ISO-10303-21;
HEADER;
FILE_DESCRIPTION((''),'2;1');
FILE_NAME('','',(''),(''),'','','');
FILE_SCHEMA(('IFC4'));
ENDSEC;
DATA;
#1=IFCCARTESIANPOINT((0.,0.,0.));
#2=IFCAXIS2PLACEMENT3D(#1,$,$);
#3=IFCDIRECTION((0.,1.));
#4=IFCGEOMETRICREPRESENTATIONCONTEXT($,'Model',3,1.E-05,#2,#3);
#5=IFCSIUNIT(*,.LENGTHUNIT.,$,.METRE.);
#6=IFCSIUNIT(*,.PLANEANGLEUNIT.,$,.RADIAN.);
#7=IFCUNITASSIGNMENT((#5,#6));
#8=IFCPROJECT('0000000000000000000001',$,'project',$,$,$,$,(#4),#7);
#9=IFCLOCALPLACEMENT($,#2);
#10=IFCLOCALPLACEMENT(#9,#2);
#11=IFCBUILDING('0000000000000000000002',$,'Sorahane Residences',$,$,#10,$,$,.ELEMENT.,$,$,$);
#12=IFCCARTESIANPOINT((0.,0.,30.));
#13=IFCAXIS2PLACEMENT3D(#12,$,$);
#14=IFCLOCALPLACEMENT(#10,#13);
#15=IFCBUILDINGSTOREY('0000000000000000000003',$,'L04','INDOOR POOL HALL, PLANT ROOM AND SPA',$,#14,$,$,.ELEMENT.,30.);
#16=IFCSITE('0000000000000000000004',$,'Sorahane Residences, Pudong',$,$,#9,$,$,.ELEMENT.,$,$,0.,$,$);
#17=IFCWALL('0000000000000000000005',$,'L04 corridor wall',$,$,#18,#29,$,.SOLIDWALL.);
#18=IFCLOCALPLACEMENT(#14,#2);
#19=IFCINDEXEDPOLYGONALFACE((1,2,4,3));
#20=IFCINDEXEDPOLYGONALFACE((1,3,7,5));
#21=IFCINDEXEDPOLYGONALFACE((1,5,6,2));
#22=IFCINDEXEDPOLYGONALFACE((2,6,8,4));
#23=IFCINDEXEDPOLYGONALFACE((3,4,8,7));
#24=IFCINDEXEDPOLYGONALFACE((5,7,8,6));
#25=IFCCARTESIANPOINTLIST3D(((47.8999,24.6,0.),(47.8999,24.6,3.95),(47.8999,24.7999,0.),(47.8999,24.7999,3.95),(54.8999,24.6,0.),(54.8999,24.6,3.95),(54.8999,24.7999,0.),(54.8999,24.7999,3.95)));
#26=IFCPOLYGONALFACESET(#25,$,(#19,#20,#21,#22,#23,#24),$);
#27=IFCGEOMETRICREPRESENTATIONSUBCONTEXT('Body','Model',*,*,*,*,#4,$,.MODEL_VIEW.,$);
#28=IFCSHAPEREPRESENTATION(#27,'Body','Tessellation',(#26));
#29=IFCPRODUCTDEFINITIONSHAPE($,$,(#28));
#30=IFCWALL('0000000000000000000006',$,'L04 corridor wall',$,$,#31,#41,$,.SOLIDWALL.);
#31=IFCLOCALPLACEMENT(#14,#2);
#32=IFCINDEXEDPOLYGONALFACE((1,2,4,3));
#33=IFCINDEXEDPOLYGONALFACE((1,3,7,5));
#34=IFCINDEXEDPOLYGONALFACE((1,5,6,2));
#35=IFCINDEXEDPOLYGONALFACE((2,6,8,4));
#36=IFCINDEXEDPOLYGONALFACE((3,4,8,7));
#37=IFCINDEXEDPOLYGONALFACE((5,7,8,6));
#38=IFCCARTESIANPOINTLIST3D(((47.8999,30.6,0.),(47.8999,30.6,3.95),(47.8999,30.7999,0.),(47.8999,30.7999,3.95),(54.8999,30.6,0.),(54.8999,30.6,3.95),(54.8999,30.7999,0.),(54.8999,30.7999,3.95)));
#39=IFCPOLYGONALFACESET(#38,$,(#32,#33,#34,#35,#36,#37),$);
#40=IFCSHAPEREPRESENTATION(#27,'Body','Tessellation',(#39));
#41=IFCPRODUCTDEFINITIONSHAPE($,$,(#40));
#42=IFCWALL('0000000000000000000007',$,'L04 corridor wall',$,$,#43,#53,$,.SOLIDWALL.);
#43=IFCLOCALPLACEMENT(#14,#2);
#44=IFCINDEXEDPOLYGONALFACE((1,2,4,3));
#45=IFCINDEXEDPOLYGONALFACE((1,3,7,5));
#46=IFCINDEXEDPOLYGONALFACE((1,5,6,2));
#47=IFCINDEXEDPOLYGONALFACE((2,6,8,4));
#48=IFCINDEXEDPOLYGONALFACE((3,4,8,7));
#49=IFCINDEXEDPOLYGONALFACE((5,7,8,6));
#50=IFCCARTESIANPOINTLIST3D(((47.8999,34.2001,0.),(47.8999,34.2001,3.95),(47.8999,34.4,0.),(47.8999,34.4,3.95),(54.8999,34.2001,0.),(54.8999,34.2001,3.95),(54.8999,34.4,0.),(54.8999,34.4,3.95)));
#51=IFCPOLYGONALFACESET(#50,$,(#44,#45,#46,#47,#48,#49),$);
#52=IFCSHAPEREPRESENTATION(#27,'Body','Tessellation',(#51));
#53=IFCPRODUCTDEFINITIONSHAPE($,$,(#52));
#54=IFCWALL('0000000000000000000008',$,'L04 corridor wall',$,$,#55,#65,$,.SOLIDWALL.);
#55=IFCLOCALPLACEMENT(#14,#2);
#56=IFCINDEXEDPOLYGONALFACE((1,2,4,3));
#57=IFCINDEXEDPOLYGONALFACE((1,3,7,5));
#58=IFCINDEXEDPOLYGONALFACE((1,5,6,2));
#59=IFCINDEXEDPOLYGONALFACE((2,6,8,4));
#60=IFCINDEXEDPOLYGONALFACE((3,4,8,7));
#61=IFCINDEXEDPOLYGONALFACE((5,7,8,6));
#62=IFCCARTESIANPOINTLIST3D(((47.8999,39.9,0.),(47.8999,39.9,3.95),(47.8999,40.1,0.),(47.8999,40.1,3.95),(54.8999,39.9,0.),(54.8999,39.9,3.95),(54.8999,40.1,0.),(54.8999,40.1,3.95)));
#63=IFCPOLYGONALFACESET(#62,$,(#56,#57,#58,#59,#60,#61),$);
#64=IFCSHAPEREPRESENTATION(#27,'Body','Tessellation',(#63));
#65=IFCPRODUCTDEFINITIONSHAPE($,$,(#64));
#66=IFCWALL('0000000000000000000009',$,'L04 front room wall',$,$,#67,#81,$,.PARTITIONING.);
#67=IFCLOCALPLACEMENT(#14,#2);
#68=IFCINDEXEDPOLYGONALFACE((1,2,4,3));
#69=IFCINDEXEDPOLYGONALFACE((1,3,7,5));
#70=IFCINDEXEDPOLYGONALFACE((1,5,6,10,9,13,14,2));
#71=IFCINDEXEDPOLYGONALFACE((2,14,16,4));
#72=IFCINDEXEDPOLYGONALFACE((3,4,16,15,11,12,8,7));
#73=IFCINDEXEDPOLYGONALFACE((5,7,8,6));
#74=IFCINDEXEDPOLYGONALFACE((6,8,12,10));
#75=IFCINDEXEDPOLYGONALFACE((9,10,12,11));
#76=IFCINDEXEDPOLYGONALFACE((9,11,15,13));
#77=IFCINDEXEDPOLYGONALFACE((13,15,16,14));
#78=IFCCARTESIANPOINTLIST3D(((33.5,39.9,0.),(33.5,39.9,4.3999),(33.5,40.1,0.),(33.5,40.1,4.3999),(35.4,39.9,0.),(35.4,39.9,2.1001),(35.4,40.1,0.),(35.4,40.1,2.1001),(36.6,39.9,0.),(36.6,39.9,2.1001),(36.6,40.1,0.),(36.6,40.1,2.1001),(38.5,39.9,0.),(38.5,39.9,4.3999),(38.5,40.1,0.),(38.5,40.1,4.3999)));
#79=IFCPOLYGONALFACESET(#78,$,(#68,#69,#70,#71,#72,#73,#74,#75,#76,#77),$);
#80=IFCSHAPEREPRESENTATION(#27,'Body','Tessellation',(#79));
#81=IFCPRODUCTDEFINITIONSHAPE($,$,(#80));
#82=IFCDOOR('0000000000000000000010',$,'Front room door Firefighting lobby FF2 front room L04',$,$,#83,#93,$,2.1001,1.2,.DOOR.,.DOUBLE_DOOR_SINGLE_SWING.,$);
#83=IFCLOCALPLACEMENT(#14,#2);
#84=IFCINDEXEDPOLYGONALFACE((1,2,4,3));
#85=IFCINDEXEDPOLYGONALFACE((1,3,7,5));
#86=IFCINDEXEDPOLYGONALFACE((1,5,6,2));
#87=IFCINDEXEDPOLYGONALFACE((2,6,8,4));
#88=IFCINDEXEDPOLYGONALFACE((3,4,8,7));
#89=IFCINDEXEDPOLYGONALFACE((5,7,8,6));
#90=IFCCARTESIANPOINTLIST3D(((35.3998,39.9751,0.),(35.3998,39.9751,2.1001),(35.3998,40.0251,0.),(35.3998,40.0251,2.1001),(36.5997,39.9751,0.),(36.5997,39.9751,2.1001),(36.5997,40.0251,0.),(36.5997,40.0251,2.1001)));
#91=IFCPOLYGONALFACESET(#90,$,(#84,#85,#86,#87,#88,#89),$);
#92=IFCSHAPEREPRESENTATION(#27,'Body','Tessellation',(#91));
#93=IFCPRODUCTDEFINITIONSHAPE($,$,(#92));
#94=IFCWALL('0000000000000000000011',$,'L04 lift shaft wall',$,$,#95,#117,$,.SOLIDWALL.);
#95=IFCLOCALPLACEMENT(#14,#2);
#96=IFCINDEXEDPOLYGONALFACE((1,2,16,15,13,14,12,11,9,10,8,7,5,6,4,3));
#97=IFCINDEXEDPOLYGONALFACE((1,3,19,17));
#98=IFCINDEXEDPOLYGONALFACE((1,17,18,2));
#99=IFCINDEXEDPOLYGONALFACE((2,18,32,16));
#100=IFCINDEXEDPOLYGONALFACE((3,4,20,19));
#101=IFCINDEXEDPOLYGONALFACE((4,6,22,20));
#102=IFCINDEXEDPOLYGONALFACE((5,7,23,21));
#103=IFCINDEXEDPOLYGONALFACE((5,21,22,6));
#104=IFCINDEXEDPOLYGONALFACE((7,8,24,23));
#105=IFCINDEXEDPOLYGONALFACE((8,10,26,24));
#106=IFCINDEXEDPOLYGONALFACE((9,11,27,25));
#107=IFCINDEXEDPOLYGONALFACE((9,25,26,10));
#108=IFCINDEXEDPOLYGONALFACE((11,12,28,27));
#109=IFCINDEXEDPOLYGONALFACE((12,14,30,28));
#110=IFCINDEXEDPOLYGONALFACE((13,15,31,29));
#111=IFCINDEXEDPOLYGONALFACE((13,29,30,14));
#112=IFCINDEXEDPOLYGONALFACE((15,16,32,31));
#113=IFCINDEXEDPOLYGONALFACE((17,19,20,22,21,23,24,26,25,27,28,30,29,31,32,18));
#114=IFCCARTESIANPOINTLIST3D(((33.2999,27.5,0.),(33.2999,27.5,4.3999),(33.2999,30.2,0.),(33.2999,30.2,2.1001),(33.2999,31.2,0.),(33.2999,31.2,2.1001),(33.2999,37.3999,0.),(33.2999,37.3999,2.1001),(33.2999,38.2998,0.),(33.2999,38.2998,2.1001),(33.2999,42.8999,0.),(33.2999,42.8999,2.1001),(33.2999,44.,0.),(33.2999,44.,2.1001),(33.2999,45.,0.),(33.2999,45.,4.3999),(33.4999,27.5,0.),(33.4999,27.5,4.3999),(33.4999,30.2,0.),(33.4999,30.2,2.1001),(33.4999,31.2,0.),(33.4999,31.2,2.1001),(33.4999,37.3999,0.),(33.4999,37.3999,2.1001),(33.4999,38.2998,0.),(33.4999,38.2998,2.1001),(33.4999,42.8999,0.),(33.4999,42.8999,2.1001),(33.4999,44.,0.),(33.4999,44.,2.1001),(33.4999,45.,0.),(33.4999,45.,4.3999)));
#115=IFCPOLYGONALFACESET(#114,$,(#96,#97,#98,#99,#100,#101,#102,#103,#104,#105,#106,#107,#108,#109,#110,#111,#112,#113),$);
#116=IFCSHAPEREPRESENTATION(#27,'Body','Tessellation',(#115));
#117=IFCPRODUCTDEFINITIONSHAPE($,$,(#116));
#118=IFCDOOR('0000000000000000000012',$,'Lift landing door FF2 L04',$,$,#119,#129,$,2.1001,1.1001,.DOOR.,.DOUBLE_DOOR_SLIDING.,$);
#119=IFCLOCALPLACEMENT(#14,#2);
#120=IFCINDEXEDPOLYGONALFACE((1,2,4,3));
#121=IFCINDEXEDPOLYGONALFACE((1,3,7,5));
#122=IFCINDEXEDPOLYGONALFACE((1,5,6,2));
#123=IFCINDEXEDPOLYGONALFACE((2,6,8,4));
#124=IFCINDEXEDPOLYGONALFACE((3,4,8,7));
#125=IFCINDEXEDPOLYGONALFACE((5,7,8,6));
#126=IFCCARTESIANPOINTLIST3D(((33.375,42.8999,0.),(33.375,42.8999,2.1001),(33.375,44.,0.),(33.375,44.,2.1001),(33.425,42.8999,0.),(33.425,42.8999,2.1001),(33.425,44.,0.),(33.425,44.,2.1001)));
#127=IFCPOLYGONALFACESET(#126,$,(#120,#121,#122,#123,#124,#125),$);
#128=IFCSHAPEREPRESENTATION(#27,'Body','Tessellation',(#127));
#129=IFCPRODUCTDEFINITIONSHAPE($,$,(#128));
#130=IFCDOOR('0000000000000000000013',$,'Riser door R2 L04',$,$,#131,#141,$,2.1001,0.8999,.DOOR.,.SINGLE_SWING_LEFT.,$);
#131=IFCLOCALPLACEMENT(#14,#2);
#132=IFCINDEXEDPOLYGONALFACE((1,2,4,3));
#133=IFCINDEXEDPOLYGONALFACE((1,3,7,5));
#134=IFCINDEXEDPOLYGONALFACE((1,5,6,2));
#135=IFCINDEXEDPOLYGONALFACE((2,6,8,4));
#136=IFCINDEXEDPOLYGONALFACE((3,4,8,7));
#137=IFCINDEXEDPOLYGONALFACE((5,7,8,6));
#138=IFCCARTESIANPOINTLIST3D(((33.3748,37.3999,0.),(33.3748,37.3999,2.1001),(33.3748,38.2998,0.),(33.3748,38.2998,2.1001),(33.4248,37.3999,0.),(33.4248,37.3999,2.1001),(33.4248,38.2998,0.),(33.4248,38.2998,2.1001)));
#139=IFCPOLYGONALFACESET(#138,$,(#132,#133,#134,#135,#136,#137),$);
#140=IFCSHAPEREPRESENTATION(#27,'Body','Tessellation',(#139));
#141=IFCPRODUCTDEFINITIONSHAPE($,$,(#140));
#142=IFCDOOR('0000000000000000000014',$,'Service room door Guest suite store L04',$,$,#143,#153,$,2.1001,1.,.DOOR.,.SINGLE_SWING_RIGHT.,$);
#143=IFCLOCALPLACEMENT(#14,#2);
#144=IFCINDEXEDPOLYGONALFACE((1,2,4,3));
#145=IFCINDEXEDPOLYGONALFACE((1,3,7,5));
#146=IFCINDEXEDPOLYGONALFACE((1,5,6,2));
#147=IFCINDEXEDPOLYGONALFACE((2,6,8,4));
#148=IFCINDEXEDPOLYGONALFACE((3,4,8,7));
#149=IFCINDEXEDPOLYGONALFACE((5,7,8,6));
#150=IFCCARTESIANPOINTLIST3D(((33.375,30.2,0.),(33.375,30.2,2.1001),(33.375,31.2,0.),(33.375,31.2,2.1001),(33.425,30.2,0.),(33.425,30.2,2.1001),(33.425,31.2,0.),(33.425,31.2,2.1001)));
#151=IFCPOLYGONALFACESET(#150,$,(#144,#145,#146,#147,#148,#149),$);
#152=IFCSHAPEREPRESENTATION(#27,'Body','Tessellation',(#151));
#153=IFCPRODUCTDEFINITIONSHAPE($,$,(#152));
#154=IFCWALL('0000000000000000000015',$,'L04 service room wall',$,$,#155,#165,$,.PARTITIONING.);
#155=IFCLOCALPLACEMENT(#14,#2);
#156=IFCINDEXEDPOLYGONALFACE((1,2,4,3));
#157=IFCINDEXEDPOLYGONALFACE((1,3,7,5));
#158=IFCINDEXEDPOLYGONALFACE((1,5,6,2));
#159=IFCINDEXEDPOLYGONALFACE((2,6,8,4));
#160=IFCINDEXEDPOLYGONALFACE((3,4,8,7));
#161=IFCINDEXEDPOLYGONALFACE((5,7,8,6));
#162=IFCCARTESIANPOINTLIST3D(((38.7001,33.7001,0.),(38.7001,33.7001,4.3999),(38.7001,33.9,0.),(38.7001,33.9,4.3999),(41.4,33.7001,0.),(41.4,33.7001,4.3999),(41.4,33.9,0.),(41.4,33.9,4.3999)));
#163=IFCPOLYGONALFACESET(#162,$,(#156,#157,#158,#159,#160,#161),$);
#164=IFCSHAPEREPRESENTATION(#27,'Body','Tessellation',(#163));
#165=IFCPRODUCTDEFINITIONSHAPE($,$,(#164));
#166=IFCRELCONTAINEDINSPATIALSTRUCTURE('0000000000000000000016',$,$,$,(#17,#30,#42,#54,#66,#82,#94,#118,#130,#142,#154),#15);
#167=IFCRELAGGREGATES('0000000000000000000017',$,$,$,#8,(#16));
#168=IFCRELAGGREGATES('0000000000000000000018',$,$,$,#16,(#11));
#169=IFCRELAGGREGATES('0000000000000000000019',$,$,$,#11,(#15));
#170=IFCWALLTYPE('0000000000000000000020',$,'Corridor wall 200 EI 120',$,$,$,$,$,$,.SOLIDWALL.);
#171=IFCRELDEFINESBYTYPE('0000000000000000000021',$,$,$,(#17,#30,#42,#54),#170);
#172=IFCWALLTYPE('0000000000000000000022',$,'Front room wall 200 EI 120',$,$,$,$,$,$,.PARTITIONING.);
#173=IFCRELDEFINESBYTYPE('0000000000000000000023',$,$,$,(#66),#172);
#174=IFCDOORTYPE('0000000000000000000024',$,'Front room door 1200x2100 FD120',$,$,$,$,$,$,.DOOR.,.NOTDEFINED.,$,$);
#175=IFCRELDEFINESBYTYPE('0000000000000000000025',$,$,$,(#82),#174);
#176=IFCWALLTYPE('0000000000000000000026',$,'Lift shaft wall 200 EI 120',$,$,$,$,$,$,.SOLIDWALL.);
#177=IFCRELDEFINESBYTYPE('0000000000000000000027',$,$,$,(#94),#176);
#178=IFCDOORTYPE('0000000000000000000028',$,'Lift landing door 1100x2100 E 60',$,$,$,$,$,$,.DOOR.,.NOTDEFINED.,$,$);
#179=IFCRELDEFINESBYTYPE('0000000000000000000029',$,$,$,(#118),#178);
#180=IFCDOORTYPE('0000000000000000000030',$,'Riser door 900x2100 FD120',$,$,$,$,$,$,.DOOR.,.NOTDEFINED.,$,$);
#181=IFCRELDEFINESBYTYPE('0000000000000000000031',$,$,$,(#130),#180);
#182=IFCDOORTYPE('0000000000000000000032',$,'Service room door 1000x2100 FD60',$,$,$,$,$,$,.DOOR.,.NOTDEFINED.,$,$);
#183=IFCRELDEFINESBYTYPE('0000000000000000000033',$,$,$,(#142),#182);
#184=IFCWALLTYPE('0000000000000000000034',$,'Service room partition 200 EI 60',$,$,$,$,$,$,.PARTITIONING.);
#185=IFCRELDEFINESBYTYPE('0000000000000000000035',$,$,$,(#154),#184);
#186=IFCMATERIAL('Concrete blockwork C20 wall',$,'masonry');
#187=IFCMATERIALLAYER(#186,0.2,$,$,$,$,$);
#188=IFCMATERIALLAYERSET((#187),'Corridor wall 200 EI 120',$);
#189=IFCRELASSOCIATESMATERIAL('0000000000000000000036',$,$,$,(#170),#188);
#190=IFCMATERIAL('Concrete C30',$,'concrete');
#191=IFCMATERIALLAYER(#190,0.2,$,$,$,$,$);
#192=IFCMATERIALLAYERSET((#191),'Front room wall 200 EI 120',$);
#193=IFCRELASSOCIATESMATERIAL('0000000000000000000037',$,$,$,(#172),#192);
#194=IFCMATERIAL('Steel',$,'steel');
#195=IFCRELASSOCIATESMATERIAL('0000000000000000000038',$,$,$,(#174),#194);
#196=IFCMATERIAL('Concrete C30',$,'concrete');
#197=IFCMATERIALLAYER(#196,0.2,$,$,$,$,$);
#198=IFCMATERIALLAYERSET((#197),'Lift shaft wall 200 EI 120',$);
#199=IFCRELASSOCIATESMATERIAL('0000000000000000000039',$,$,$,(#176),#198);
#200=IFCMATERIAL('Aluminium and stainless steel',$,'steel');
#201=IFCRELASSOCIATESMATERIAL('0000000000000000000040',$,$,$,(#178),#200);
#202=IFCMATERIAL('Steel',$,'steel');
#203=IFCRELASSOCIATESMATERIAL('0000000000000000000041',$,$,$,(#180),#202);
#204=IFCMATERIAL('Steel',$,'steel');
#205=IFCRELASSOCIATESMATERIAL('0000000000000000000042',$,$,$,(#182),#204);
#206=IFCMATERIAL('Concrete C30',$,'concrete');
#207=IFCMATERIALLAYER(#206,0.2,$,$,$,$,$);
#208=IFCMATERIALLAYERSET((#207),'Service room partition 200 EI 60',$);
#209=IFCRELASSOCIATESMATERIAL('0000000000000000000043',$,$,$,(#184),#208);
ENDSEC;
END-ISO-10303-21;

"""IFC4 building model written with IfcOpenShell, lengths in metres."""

from ifc_helpers import new_model, si_unit, direction, frame, frame_2d, origin, place, context, subcontext, project, spatial, rectangle, extrude, material, layer, layer_set, type_object, element, fill, save


model = new_model("IFC4")

# Units and contexts
model_context = context("Model", 3, precision=1e-05, world=origin(), true_north=direction((0.0, 1.0)))
body_context = subcontext(model_context, "Body", "Model", "MODEL_VIEW")
ifc_project = project(units=[si_unit("LENGTHUNIT", "METRE"), si_unit("PLANEANGLEUNIT", "RADIAN")], contexts=[model_context])

# Site, building, storey
site_placement = place(None, origin())
site = spatial("IfcSite", under=ifc_project, at=site_placement, Name="Sorahane Residences, Pudong", CompositionType="ELEMENT", RefElevation=0.0)
building_placement = place(site_placement, origin())
building = spatial("IfcBuilding", under=site, at=building_placement, Name="Sorahane Residences", CompositionType="ELEMENT")
storey_placement = place(building_placement, frame((0.0, 0.0, 30.0)))
storey = spatial("IfcBuildingStorey", under=building, at=storey_placement, Name="L04", Description="INDOOR POOL HALL, PLANT ROOM AND SPA", CompositionType="ELEMENT", Elevation=30.0)

# Walls
ifc_material_1 = material(Name="Concrete blockwork C20 wall", Category="masonry")
ifc_layer_1 = layer(ifc_material_1, 0.2)
ifc_layer_set_1 = layer_set([ifc_layer_1], Name="Corridor wall 200 EI 120")
wall_type_1 = type_object("IfcWallType", Name="Corridor wall 200 EI 120", PredefinedType="SOLIDWALL", material=ifc_layer_set_1)
for number, where, z_axis, x_axis, name in (
    (1, (47.8999, 24.7, 0.0), (0.0, 0.0, 1.0), (1.0, 0.0, 0.0), "L04 corridor wall"),
    (2, (47.8999, 30.7, 0.0), (0.0, 0.0, 1.0), (1.0, 0.0, 0.0), "L04 corridor wall"),
    (3, (47.8999, 34.3, 0.0), (0.0, 0.0, 1.0), (1.0, 0.0, 0.0), "L04 corridor wall"),
    (4, (47.8999, 40.0, 0.0), (0.0, 0.0, 1.0), (1.0, 0.0, 0.0), "L04 corridor wall"),
):
    element("IfcWall", number, at=place(storey_placement, frame(where, z_axis=z_axis, x_axis=x_axis)), inside=storey, type_object=wall_type_1, Name=name, PredefinedType="SOLIDWALL", context=body_context, shape_type="SweptSolid", body=[
        extrude(rectangle(XDim=7.0, YDim=0.2, at=frame_2d((3.5, 0.0))), origin(), (0.0, 0.0, 1.0), 3.95),
    ])

# Wall, opening, door
ifc_material_2 = material(Name="Concrete C30", Category="concrete")
ifc_layer_2 = layer(ifc_material_2, 0.2)
ifc_layer_set_2 = layer_set([ifc_layer_2], Name="Front room wall 200 EI 120")
wall_type_2 = type_object("IfcWallType", Name="Front room wall 200 EI 120", PredefinedType="PARTITIONING", material=ifc_layer_set_2)
wall_1_placement = place(storey_placement, frame((33.5, 40.0, 0.0), z_axis=(0.0, 0.0, 1.0), x_axis=(1.0, 0.0, 0.0)))
wall_1 = element("IfcWall", 5, at=wall_1_placement, inside=storey, type_object=wall_type_2, Name="L04 front room wall", PredefinedType="PARTITIONING", context=body_context, shape_type="SweptSolid", body=[
    extrude(rectangle(XDim=5.0, YDim=0.2, at=frame_2d((2.5, 0.0))), origin(), (0.0, 0.0, 1.0), 4.3999),
])
opening_1_placement = place(wall_1_placement, frame((1.8999, 0.0, 0.0)))
opening_1 = element("IfcOpeningElement", 6, at=opening_1_placement, cuts=wall_1, PredefinedType="OPENING", context=body_context, shape_type="SweptSolid", body=[
    extrude(rectangle(XDim=1.2, YDim=2.1001, at=frame_2d((0.6001, 1.05))), frame((0.0, 0.1099, 0.0), z_axis=(0.0, -1.0, 0.0), x_axis=(1.0, 0.0, 0.0)), (0.0, 0.0, 1.0), 0.22),
])
ifc_material_3 = material(Name="Steel", Category="steel")
door_type_1 = type_object("IfcDoorType", Name="Front room door 1200x2100 FD120", OperationType="NOTDEFINED", PredefinedType="DOOR", material=ifc_material_3)
door_1_placement = place(opening_1_placement, frame((1.2, 0.0, 0.0), z_axis=(0.0, 0.0, 1.0), x_axis=(-1.0, 0.0, 0.0)))
door_1 = element("IfcDoor", 7, at=door_1_placement, inside=storey, type_object=door_type_1, Name="Front room door Firefighting lobby FF2 front room L04", OperationType="DOUBLE_DOOR_SINGLE_SWING", OverallHeight=2.1001, OverallWidth=1.2, PredefinedType="DOOR", context=body_context, shape_type="SweptSolid", body=[
    extrude(rectangle(XDim=1.2, YDim=2.1001, at=frame_2d((0.6001, 1.05))), frame((0.0, 0.0249, 0.0), z_axis=(0.0, -1.0, 0.0), x_axis=(1.0, 0.0, 0.0)), (0.0, 0.0, 1.0), 0.05),
])
fill(opening_1, door_1)

# Wall, openings, doors
ifc_material_4 = material(Name="Concrete C30", Category="concrete")
ifc_layer_3 = layer(ifc_material_4, 0.2)
ifc_layer_set_3 = layer_set([ifc_layer_3], Name="Lift shaft wall 200 EI 120")
wall_type_3 = type_object("IfcWallType", Name="Lift shaft wall 200 EI 120", PredefinedType="SOLIDWALL", material=ifc_layer_set_3)
wall_2_placement = place(storey_placement, frame((33.3999, 27.5, 0.0), z_axis=(0.0, 0.0, 1.0), x_axis=(0.0, 1.0, 0.0)))
wall_2 = element("IfcWall", 8, at=wall_2_placement, inside=storey, type_object=wall_type_3, Name="L04 lift shaft wall", PredefinedType="SOLIDWALL", context=body_context, shape_type="SweptSolid", body=[
    extrude(rectangle(XDim=17.5, YDim=0.2, at=frame_2d((8.75, 0.0))), origin(), (0.0, 0.0, 1.0), 4.3999),
])
opening_2_placement = place(wall_2_placement, frame((15.3999, 0.0, 0.0)))
opening_2 = element("IfcOpeningElement", 9, at=opening_2_placement, cuts=wall_2, PredefinedType="OPENING", context=body_context, shape_type="SweptSolid", body=[
    extrude(rectangle(XDim=1.1001, YDim=2.1001, at=frame_2d((0.55, 1.05))), frame((0.0, 0.1099, 0.0), z_axis=(0.0, -1.0, 0.0), x_axis=(1.0, 0.0, 0.0)), (0.0, 0.0, 1.0), 0.22),
])
opening_3_placement = place(wall_2_placement, frame((2.7, 0.0, 0.0)))
opening_3 = element("IfcOpeningElement", 10, at=opening_3_placement, cuts=wall_2, PredefinedType="OPENING", context=body_context, shape_type="SweptSolid", body=[
    extrude(rectangle(XDim=1.0, YDim=2.1001, at=frame_2d((0.5, 1.05))), frame((0.0, 0.1099, 0.0), z_axis=(0.0, -1.0, 0.0), x_axis=(1.0, 0.0, 0.0)), (0.0, 0.0, 1.0), 0.22),
])
opening_4_placement = place(wall_2_placement, frame((9.8999, 0.0, 0.0)))
opening_4 = element("IfcOpeningElement", 11, at=opening_4_placement, cuts=wall_2, PredefinedType="OPENING", context=body_context, shape_type="SweptSolid", body=[
    extrude(rectangle(XDim=0.8999, YDim=2.1001, at=frame_2d((0.45, 1.05))), frame((0.0, 0.1099, 0.0), z_axis=(0.0, -1.0, 0.0), x_axis=(1.0, 0.0, 0.0)), (0.0, 0.0, 1.0), 0.22),
])
ifc_material_5 = material(Name="Aluminium and stainless steel", Category="steel")
door_type_2 = type_object("IfcDoorType", Name="Lift landing door 1100x2100 E 60", OperationType="NOTDEFINED", PredefinedType="DOOR", material=ifc_material_5)
door_2_placement = place(opening_2_placement, origin())
door_2 = element("IfcDoor", 12, at=door_2_placement, inside=storey, type_object=door_type_2, Name="Lift landing door FF2 L04", OperationType="DOUBLE_DOOR_SLIDING", OverallHeight=2.1001, OverallWidth=1.1001, PredefinedType="DOOR", context=body_context, shape_type="SweptSolid", body=[
    extrude(rectangle(XDim=1.1001, YDim=2.1001, at=frame_2d((0.55, 1.05))), frame((0.0, 0.0249, 0.0), z_axis=(0.0, -1.0, 0.0), x_axis=(1.0, 0.0, 0.0)), (0.0, 0.0, 1.0), 0.05),
])
fill(opening_2, door_2)
ifc_material_6 = material(Name="Steel", Category="steel")
door_type_3 = type_object("IfcDoorType", Name="Riser door 900x2100 FD120", OperationType="NOTDEFINED", PredefinedType="DOOR", material=ifc_material_6)
door_3_placement = place(opening_4_placement, frame((0.8999, 0.0, 0.0), z_axis=(0.0, 0.0, 1.0), x_axis=(-1.0, 0.0, 0.0)))
door_3 = element("IfcDoor", 13, at=door_3_placement, inside=storey, type_object=door_type_3, Name="Riser door R2 L04", OperationType="SINGLE_SWING_LEFT", OverallHeight=2.1001, OverallWidth=0.8999, PredefinedType="DOOR", context=body_context, shape_type="SweptSolid", body=[
    extrude(rectangle(XDim=0.8999, YDim=2.1001, at=frame_2d((0.45, 1.05))), frame((0.0, 0.0249, 0.0), z_axis=(0.0, -1.0, 0.0), x_axis=(1.0, 0.0, 0.0)), (0.0, 0.0, 1.0), 0.05),
])
fill(opening_4, door_3)
ifc_material_7 = material(Name="Steel", Category="steel")
door_type_4 = type_object("IfcDoorType", Name="Service room door 1000x2100 FD60", OperationType="NOTDEFINED", PredefinedType="DOOR", material=ifc_material_7)
door_4_placement = place(opening_3_placement, origin())
door_4 = element("IfcDoor", 14, at=door_4_placement, inside=storey, type_object=door_type_4, Name="Service room door Guest suite store L04", OperationType="SINGLE_SWING_RIGHT", OverallHeight=2.1001, OverallWidth=1.0, PredefinedType="DOOR", context=body_context, shape_type="SweptSolid", body=[
    extrude(rectangle(XDim=1.0, YDim=2.1001, at=frame_2d((0.5, 1.05))), frame((0.0, 0.0249, 0.0), z_axis=(0.0, -1.0, 0.0), x_axis=(1.0, 0.0, 0.0)), (0.0, 0.0, 1.0), 0.05),
])
fill(opening_3, door_4)

# Wall
ifc_material_8 = material(Name="Concrete C30", Category="concrete")
ifc_layer_4 = layer(ifc_material_8, 0.2)
ifc_layer_set_4 = layer_set([ifc_layer_4], Name="Service room partition 200 EI 60")
wall_type_4 = type_object("IfcWallType", Name="Service room partition 200 EI 60", PredefinedType="PARTITIONING", material=ifc_layer_set_4)
wall_3_placement = place(storey_placement, frame((38.7, 33.8, 0.0), z_axis=(0.0, 0.0, 1.0), x_axis=(1.0, 0.0, 0.0)))
element("IfcWall", 15, at=wall_3_placement, inside=storey, type_object=wall_type_4, Name="L04 service room wall", PredefinedType="PARTITIONING", context=body_context, shape_type="SweptSolid", body=[
    extrude(rectangle(XDim=2.7, YDim=0.2, at=frame_2d((1.3501, 0.0))), origin(), (0.0, 0.0, 1.0), 4.3999),
])

save(model, "model.ifc")
